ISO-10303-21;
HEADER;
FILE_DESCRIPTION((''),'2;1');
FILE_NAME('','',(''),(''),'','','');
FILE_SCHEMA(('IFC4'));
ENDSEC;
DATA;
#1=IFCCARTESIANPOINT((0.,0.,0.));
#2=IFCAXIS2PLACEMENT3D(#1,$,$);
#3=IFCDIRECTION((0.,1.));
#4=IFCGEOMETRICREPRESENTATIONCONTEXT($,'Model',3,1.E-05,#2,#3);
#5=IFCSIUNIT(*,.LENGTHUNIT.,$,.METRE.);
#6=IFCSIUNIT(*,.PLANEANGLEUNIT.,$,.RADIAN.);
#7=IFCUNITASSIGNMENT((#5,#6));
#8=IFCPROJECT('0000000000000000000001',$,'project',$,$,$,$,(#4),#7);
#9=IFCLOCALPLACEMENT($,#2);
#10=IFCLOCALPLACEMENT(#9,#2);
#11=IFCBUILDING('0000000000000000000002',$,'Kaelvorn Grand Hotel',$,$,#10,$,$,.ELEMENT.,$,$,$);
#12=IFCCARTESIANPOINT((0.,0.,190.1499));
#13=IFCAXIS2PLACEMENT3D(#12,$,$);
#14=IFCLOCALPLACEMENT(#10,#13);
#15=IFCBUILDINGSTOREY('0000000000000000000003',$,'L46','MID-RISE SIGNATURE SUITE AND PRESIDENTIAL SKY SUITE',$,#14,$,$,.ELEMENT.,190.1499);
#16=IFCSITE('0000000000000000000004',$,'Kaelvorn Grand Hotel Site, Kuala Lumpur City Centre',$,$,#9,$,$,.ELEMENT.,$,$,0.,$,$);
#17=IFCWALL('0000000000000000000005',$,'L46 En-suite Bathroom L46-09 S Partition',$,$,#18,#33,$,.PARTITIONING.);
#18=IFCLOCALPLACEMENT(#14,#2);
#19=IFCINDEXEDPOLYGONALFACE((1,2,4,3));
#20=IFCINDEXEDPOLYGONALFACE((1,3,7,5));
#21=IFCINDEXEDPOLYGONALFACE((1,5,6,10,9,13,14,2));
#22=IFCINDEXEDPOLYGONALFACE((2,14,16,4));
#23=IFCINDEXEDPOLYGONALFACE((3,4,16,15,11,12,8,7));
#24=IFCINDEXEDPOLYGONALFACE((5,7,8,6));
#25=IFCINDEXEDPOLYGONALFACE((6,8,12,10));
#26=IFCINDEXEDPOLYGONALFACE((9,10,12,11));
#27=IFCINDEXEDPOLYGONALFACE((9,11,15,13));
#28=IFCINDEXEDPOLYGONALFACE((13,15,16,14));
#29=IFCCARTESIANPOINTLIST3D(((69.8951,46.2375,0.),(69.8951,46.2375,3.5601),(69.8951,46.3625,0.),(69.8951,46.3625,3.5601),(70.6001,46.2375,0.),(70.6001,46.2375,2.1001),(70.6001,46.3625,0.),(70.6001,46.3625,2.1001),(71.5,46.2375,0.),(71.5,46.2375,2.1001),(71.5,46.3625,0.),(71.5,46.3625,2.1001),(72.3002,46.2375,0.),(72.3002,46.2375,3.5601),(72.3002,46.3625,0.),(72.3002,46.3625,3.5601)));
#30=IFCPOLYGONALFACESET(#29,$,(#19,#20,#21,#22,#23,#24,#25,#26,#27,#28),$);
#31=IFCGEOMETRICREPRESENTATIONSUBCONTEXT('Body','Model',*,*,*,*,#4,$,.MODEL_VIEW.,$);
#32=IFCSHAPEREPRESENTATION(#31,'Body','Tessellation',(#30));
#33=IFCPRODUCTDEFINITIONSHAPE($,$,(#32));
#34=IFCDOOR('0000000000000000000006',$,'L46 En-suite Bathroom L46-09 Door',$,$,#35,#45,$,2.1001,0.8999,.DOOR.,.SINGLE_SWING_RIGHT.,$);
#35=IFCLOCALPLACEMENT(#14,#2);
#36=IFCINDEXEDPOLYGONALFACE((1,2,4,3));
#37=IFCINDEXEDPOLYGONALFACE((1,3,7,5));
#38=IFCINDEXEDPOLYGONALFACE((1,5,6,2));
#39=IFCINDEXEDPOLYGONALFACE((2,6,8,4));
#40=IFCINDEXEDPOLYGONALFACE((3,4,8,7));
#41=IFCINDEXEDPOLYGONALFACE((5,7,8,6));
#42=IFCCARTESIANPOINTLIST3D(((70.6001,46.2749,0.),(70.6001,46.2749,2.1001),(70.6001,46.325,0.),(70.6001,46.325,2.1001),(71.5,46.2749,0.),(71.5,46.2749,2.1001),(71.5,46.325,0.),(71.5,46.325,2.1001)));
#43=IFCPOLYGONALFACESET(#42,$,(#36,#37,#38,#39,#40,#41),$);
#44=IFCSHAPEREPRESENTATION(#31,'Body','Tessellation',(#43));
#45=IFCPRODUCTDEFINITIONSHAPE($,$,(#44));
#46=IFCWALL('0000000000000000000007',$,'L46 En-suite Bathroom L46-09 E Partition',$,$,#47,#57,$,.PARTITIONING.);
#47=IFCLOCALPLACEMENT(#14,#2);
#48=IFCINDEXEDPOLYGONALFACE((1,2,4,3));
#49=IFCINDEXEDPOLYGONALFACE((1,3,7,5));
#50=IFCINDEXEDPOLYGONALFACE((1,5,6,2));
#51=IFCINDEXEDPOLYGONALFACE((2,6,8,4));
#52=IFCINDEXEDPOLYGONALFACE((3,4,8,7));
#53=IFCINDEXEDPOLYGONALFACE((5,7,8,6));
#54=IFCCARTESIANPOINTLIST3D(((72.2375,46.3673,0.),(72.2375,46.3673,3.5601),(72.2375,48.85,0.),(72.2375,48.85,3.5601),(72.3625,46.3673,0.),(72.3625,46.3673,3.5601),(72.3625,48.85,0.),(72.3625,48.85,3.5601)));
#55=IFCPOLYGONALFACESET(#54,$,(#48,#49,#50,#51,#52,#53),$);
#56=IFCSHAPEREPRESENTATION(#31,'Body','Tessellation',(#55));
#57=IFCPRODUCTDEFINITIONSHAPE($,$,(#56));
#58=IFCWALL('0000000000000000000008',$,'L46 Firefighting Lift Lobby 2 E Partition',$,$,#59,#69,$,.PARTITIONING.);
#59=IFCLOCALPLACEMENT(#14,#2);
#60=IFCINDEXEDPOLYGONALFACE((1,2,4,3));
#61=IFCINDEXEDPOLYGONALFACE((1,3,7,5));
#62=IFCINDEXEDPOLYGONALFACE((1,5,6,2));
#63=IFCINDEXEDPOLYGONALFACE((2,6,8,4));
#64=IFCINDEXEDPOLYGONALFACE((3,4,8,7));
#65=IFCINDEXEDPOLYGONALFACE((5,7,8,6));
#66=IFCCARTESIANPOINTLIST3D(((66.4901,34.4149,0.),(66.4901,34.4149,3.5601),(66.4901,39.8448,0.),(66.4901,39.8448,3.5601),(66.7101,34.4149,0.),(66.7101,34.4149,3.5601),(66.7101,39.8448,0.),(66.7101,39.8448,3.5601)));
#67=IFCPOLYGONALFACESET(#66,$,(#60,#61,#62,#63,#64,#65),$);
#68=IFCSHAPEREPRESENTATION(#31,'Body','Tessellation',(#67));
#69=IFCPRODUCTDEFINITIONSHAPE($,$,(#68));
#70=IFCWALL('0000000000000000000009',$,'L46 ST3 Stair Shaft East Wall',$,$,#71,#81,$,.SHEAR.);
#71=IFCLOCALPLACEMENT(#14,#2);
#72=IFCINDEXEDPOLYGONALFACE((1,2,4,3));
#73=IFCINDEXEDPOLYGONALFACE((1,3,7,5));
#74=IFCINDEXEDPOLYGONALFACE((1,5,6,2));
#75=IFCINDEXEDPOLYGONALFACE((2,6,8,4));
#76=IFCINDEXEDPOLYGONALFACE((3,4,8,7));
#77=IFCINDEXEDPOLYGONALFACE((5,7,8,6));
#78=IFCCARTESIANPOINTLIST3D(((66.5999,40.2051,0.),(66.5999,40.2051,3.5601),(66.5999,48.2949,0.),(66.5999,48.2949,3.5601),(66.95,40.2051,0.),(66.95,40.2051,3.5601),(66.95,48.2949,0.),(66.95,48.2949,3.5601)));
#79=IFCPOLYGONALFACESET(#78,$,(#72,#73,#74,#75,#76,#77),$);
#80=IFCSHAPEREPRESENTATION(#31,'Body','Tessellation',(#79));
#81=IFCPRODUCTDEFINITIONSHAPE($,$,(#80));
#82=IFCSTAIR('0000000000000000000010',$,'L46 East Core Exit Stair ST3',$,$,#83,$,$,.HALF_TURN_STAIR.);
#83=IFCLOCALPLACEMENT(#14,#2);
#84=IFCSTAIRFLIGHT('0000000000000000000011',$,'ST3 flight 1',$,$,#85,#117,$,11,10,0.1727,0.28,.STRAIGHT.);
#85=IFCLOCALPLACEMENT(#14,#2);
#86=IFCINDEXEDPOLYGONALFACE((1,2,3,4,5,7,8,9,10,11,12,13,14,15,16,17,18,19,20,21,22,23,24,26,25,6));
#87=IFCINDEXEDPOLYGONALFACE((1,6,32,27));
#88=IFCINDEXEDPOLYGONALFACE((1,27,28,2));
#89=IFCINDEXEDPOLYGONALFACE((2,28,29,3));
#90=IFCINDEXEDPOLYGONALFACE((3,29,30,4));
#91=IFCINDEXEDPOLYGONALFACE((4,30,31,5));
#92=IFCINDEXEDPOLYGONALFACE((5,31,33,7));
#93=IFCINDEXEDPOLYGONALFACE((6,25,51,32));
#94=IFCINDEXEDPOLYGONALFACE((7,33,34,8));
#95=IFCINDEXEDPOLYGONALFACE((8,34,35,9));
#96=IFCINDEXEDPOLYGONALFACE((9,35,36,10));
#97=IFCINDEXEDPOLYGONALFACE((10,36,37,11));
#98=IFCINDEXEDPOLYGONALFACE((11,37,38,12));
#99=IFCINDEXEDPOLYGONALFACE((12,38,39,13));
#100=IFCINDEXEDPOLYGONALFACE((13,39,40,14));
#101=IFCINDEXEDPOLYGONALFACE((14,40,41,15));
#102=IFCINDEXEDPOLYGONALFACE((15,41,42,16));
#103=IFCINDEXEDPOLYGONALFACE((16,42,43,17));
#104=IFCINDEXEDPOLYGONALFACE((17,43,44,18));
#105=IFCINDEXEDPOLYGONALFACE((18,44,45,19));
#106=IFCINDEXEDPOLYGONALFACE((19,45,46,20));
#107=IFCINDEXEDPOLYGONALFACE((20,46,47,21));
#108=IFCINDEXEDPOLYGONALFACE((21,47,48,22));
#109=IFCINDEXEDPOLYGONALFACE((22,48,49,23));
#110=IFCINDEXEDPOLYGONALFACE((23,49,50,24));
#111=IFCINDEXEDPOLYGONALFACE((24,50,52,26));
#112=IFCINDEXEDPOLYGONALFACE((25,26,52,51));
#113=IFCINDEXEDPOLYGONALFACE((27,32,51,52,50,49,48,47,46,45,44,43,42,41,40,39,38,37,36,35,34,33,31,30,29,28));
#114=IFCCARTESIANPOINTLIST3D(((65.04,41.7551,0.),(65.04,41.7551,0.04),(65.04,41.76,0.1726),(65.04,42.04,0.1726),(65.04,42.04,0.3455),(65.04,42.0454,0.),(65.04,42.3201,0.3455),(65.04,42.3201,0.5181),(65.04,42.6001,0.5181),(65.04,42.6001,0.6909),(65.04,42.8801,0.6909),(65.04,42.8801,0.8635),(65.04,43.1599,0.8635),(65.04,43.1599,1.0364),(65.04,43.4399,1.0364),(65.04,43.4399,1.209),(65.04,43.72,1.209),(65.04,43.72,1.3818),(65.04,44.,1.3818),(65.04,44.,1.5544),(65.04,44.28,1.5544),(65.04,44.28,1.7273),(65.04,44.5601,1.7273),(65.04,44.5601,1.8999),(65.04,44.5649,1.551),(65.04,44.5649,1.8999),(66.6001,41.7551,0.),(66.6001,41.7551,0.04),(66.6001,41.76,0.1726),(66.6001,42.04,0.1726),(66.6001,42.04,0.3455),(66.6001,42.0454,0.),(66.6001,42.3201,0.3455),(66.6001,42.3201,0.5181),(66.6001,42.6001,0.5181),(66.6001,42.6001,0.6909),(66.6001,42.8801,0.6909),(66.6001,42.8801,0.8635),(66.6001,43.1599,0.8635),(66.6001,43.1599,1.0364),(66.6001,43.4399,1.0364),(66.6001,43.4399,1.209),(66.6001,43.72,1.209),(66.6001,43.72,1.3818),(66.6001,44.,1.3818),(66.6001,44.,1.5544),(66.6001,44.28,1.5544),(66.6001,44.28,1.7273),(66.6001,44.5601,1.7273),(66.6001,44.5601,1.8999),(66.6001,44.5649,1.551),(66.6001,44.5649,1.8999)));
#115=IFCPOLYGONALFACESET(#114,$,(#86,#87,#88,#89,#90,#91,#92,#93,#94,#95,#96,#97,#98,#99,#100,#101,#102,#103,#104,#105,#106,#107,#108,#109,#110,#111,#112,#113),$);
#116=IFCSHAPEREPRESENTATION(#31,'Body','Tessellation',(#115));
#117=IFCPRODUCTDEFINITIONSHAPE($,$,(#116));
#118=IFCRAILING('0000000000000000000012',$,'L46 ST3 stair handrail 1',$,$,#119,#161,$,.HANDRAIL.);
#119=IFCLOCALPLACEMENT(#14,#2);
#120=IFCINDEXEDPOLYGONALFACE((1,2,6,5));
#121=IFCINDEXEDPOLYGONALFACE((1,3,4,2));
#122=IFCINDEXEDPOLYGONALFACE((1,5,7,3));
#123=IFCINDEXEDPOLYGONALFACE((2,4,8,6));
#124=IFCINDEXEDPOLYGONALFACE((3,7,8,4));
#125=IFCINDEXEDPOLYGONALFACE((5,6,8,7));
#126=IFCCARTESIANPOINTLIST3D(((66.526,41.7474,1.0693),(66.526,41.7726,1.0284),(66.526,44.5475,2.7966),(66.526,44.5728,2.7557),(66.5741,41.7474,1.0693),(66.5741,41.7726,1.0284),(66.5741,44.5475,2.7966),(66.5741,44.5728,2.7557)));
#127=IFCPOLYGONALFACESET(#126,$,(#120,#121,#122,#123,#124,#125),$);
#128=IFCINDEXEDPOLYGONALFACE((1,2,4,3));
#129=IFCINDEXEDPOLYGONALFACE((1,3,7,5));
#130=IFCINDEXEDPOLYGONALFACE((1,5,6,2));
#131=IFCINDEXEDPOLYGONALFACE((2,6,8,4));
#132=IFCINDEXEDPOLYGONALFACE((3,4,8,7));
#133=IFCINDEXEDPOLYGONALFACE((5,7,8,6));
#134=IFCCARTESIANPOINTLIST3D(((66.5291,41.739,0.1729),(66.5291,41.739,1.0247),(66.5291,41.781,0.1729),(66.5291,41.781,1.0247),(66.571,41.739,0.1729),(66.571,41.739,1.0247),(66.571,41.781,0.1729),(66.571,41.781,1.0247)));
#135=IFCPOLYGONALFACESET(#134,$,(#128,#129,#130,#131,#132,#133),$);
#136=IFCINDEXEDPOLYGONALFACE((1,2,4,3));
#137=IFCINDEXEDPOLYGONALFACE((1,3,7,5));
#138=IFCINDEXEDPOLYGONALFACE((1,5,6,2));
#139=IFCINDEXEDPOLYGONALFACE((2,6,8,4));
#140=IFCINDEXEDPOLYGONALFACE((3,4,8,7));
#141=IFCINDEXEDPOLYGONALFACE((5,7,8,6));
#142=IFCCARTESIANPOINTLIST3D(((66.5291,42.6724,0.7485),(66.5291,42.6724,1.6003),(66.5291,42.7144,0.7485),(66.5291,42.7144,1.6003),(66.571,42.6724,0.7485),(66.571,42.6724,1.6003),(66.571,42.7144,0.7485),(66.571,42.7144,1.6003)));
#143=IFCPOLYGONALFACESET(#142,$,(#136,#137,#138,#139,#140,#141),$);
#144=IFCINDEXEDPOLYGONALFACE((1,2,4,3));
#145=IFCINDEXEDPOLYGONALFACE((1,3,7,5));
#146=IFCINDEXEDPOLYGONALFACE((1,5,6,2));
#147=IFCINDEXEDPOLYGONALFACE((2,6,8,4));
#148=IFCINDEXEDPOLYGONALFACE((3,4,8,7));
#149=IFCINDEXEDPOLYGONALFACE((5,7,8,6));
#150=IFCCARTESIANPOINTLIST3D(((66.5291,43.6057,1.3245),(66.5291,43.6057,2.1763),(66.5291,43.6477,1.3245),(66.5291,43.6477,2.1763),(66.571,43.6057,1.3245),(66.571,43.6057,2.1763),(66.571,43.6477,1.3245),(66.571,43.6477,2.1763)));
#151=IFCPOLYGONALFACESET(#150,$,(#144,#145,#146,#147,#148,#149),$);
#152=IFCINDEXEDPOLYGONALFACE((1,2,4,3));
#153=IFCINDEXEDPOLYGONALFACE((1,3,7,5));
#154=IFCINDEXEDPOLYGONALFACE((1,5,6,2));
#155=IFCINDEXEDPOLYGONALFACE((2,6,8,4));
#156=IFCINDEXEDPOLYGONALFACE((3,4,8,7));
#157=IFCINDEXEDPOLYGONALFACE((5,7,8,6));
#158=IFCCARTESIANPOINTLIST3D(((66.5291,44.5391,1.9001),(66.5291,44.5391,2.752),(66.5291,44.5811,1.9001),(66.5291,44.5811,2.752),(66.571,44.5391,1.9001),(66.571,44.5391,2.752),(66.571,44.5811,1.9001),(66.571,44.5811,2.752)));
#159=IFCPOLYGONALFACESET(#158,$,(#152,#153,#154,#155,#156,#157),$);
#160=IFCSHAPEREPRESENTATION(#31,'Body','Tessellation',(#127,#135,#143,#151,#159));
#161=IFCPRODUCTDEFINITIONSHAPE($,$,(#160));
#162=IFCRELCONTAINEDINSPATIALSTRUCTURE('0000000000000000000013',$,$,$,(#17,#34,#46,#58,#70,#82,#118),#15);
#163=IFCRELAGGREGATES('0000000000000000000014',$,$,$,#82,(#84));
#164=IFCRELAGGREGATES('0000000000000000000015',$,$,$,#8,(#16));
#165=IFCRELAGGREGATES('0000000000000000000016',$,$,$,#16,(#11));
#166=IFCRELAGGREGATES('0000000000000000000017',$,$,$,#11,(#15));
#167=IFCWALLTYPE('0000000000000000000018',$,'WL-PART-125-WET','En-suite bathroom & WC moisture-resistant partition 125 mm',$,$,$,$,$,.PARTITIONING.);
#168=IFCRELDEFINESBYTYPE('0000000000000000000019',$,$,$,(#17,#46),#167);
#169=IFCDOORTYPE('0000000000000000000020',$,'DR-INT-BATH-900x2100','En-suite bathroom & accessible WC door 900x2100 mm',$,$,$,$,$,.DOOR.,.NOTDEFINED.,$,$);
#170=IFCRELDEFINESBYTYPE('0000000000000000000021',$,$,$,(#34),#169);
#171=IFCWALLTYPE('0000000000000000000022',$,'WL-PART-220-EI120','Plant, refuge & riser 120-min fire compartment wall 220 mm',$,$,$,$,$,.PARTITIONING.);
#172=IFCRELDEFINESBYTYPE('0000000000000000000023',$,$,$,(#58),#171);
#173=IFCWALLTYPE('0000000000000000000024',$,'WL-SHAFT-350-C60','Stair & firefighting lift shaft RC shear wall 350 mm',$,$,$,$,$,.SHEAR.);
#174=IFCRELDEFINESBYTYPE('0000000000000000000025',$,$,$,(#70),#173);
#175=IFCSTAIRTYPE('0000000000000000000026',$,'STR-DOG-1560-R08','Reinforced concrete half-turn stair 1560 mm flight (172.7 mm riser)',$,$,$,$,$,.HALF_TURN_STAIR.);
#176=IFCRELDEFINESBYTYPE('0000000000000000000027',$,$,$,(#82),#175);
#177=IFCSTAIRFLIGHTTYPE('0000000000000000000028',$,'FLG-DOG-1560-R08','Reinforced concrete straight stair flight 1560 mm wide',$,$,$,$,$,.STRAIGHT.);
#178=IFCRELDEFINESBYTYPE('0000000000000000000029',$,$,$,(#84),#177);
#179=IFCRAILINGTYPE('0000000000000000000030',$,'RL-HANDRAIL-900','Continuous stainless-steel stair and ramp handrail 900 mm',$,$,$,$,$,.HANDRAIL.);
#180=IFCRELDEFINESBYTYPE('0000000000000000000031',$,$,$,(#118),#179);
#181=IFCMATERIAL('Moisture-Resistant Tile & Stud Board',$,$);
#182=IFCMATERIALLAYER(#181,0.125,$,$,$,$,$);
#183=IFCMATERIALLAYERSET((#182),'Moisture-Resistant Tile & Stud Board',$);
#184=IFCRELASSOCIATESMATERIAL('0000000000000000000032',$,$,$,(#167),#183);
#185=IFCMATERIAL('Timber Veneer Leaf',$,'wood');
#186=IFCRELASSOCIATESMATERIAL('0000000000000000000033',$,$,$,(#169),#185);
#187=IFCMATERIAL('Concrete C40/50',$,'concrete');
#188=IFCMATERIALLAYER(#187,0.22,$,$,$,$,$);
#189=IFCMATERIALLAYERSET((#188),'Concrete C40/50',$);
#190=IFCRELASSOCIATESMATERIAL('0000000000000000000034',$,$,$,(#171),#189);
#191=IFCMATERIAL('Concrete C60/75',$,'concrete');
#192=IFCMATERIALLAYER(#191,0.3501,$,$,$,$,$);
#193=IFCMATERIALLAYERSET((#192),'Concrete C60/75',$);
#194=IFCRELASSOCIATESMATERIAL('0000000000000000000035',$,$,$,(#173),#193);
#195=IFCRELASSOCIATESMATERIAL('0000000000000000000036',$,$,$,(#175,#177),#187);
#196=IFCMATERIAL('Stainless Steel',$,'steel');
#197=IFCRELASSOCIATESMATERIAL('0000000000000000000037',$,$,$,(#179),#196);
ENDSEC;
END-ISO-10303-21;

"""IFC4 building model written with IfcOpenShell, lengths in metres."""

from ifc_helpers import new_model, si_unit, direction, frame, frame_2d, origin, origin_2d, place, context, subcontext, project, spatial, polyline, rectangle, outline, extrude, material, layer, layer_set, type_object, element, fill, aggregate, save


model = new_model("IFC4")

# Units and contexts
model_context = context("Model", 3, precision=1e-05, world=origin(), true_north=direction((0.0, 1.0)))
body_context = subcontext(model_context, "Body", "Model", "MODEL_VIEW")
ifc_project = project(units=[si_unit("LENGTHUNIT", "METRE"), si_unit("PLANEANGLEUNIT", "RADIAN")], contexts=[model_context])

# Site, building, storey
site_placement = place(None, origin())
site = spatial("IfcSite", under=ifc_project, at=site_placement, Name="Kaelvorn Grand Hotel Site, Kuala Lumpur City Centre", CompositionType="ELEMENT", RefElevation=0.0)
building_placement = place(site_placement, origin())
building = spatial("IfcBuilding", under=site, at=building_placement, Name="Kaelvorn Grand Hotel", CompositionType="ELEMENT")
storey_placement = place(building_placement, frame((0.0, 0.0, 190.1499)))
storey = spatial("IfcBuildingStorey", under=building, at=storey_placement, Name="L46", Description="MID-RISE SIGNATURE SUITE AND PRESIDENTIAL SKY SUITE", CompositionType="ELEMENT", Elevation=190.1499)

# Shared definitions
ifc_material_1 = material(Name="Concrete C60/75", Category="concrete")

# Shared definitions
ifc_material_2 = material(Name="Concrete C40/50", Category="concrete")

# Wall, opening, door
ifc_material_3 = material(Name="Moisture-Resistant Tile & Stud Board")
ifc_layer_1 = layer(ifc_material_3, 0.125)
ifc_layer_set_1 = layer_set([ifc_layer_1], Name="Moisture-Resistant Tile & Stud Board")
wall_type_1 = type_object("IfcWallType", Name="WL-PART-125-WET", Description="En-suite bathroom & WC moisture-resistant partition 125 mm", PredefinedType="PARTITIONING", material=ifc_layer_set_1)
wall_1_placement = place(storey_placement, frame((69.895, 46.3, 0.0), z_axis=(0.0, 0.0, 1.0), x_axis=(1.0, 0.0, 0.0)))
wall_1 = element("IfcWall", 1, at=wall_1_placement, inside=storey, type_object=wall_type_1, Name="L46 En-suite Bathroom L46-09 S Partition", PredefinedType="PARTITIONING", context=body_context, shape_type="SweptSolid", body=[
    extrude(rectangle(XDim=2.405, YDim=0.125, at=frame_2d((1.2026, 0.0))), origin(), (0.0, 0.0, 1.0), 3.5601),
])
opening_1_placement = place(wall_1_placement, frame((0.7051, 0.0, 0.0)))
opening_1 = element("IfcOpeningElement", 2, at=opening_1_placement, cuts=wall_1, PredefinedType="OPENING", context=body_context, shape_type="SweptSolid", body=[
    extrude(rectangle(XDim=0.8999, YDim=2.1001, at=frame_2d((0.45, 1.05))), frame((0.0, 0.0725, 0.0), z_axis=(0.0, -1.0, 0.0), x_axis=(1.0, 0.0, 0.0)), (0.0, 0.0, 1.0), 0.145),
])
ifc_material_4 = material(Name="Timber Veneer Leaf", Category="wood")
door_type = type_object("IfcDoorType", Name="DR-INT-BATH-900x2100", Description="En-suite bathroom & accessible WC door 900x2100 mm", OperationType="NOTDEFINED", PredefinedType="DOOR", material=ifc_material_4)
door_placement = place(opening_1_placement, origin())
door = element("IfcDoor", 3, at=door_placement, inside=storey, type_object=door_type, Name="L46 En-suite Bathroom L46-09 Door", OperationType="SINGLE_SWING_RIGHT", OverallHeight=2.1001, OverallWidth=0.8999, PredefinedType="DOOR", context=body_context, shape_type="SweptSolid", body=[
    extrude(rectangle(XDim=0.8999, YDim=2.1001, at=frame_2d((0.45, 1.05))), frame((0.0, 0.0249, 0.0), z_axis=(0.0, -1.0, 0.0), x_axis=(1.0, 0.0, 0.0)), (0.0, 0.0, 1.0), 0.05),
])
fill(opening_1, door)

# Walls
wall_2_placement = place(storey_placement, frame((72.3, 46.3674, 0.0), z_axis=(0.0, 0.0, 1.0), x_axis=(0.0, 1.0, 0.0)))
element("IfcWall", 4, at=wall_2_placement, inside=storey, type_object=wall_type_1, Name="L46 En-suite Bathroom L46-09 E Partition", PredefinedType="PARTITIONING", context=body_context, shape_type="SweptSolid", body=[
    extrude(rectangle(XDim=2.4827, YDim=0.125, at=frame_2d((1.2412, 0.0))), origin(), (0.0, 0.0, 1.0), 3.5601),
])
ifc_layer_2 = layer(ifc_material_2, 0.22)
ifc_layer_set_2 = layer_set([ifc_layer_2], Name="Concrete C40/50")
wall_type_2 = type_object("IfcWallType", Name="WL-PART-220-EI120", Description="Plant, refuge & riser 120-min fire compartment wall 220 mm", PredefinedType="PARTITIONING", material=ifc_layer_set_2)
wall_3_placement = place(storey_placement, frame((66.6001, 34.415, 0.0), z_axis=(0.0, 0.0, 1.0), x_axis=(0.0, 1.0, 0.0)))
element("IfcWall", 5, at=wall_3_placement, inside=storey, type_object=wall_type_2, Name="L46 Firefighting Lift Lobby 2 E Partition", PredefinedType="PARTITIONING", context=body_context, shape_type="SweptSolid", body=[
    extrude(rectangle(XDim=5.4299, YDim=0.22, at=frame_2d((2.7148, 0.0))), origin(), (0.0, 0.0, 1.0), 3.5601),
])
ifc_layer_3 = layer(ifc_material_1, 0.3501)
ifc_layer_set_3 = layer_set([ifc_layer_3], Name="Concrete C60/75")
wall_type_3 = type_object("IfcWallType", Name="WL-SHAFT-350-C60", Description="Stair & firefighting lift shaft RC shear wall 350 mm", PredefinedType="SHEAR", material=ifc_layer_set_3)
wall_4_placement = place(storey_placement, frame((66.7749, 40.2051, 0.0), z_axis=(0.0, 0.0, 1.0), x_axis=(0.0, 1.0, 0.0)))
element("IfcWall", 6, at=wall_4_placement, inside=storey, type_object=wall_type_3, Name="L46 ST3 Stair Shaft East Wall", PredefinedType="SHEAR", context=body_context, shape_type="SweptSolid", body=[
    extrude(rectangle(XDim=8.0898, YDim=0.3501, at=frame_2d((4.0449, 0.0))), origin(), (0.0, 0.0, 1.0), 3.5601),
])

# Stair, stair flight
stair_type = type_object("IfcStairType", Name="STR-DOG-1560-R08", Description="Reinforced concrete half-turn stair 1560 mm flight (172.7 mm riser)", PredefinedType="HALF_TURN_STAIR", material=ifc_material_2)
stair_placement = place(storey_placement, origin())
stair = element("IfcStair", 7, at=stair_placement, inside=storey, type_object=stair_type, Name="L46 East Core Exit Stair ST3", PredefinedType="HALF_TURN_STAIR")
stair_flight_type = type_object("IfcStairFlightType", Name="FLG-DOG-1560-R08", Description="Reinforced concrete straight stair flight 1560 mm wide", PredefinedType="STRAIGHT", material=ifc_material_2)
stair_flight_placement = place(storey_placement, frame((65.8201, 41.76, 0.0), z_axis=(0.0, 0.0, 1.0), x_axis=(0.0, 1.0, 0.0)))
stair_flight = element("IfcStairFlight", 8, at=stair_flight_placement, type_object=stair_flight_type, Name="ST3 flight 1", NumberOfRisers=11, NumberOfTreads=10, PredefinedType="STRAIGHT", RiserHeight=0.1727, TreadLength=0.28, context=body_context, shape_type="SweptSolid", body=[
    extrude(outline(polyline([(-0.0049, 0.0), (-0.0049, 0.04), (0.0, 0.1726), (0.28, 0.1726), (0.28, 0.3455), (0.5601, 0.3455), (0.5601, 0.5181), (0.8401, 0.5181), (0.8401, 0.6909), (1.1201, 0.6909), (1.1201, 0.8635), (1.3999, 0.8635), (1.3999, 1.0364), (1.6799, 1.0364), (1.6799, 1.209), (1.96, 1.209), (1.96, 1.3818), (2.24, 1.3818), (2.24, 1.5544), (2.52, 1.5544), (2.52, 1.7273), (2.8, 1.7273), (2.8, 1.8999), (2.8049, 1.8999), (2.8049, 1.551), (0.2854, 0.0), (-0.0049, 0.0)])), frame((0.0, 0.78, 0.0), z_axis=(0.0, -1.0, 0.0), x_axis=(1.0, 0.0, 0.0)), (0.0, 0.0, 1.0), 1.5601),
])
aggregate(stair, [stair_flight])

# Railing
ifc_material_5 = material(Name="Stainless Steel", Category="steel")
railing_type = type_object("IfcRailingType", Name="RL-HANDRAIL-900", Description="Continuous stainless-steel stair and ramp handrail 900 mm", PredefinedType="HANDRAIL", material=ifc_material_5)
railing_placement = place(storey_placement, frame((66.55, 41.76, 0.1729)))
element("IfcRailing", 9, at=railing_placement, inside=storey, type_object=railing_type, Name="L46 ST3 stair handrail 1", PredefinedType="HANDRAIL", context=body_context, shape_type="SweptSolid", body=[
    extrude(rectangle(XDim=0.0481, YDim=0.0481, at=origin_2d()), frame((0.0, 0.0, 0.876), z_axis=(0.0, 0.85109, 0.52502), x_axis=(-1.0, 0.0, 0.0)), (0.0, 0.0, 1.0), 3.29),
    extrude(rectangle(XDim=0.042, YDim=0.042, at=origin_2d()), origin(), (0.0, 0.0, 1.0), 0.8518),
    extrude(rectangle(XDim=0.042, YDim=0.042, at=origin_2d()), frame((0.0, 0.9333, 0.5757)), (0.0, 0.0, 1.0), 0.8518),
    extrude(rectangle(XDim=0.042, YDim=0.042, at=origin_2d()), frame((0.0, 1.8667, 1.1516)), (0.0, 0.0, 1.0), 0.8518),
    extrude(rectangle(XDim=0.042, YDim=0.042, at=origin_2d()), frame((0.0, 2.8, 1.7273)), (0.0, 0.0, 1.0), 0.8518),
])

save(model, "model.ifc")
